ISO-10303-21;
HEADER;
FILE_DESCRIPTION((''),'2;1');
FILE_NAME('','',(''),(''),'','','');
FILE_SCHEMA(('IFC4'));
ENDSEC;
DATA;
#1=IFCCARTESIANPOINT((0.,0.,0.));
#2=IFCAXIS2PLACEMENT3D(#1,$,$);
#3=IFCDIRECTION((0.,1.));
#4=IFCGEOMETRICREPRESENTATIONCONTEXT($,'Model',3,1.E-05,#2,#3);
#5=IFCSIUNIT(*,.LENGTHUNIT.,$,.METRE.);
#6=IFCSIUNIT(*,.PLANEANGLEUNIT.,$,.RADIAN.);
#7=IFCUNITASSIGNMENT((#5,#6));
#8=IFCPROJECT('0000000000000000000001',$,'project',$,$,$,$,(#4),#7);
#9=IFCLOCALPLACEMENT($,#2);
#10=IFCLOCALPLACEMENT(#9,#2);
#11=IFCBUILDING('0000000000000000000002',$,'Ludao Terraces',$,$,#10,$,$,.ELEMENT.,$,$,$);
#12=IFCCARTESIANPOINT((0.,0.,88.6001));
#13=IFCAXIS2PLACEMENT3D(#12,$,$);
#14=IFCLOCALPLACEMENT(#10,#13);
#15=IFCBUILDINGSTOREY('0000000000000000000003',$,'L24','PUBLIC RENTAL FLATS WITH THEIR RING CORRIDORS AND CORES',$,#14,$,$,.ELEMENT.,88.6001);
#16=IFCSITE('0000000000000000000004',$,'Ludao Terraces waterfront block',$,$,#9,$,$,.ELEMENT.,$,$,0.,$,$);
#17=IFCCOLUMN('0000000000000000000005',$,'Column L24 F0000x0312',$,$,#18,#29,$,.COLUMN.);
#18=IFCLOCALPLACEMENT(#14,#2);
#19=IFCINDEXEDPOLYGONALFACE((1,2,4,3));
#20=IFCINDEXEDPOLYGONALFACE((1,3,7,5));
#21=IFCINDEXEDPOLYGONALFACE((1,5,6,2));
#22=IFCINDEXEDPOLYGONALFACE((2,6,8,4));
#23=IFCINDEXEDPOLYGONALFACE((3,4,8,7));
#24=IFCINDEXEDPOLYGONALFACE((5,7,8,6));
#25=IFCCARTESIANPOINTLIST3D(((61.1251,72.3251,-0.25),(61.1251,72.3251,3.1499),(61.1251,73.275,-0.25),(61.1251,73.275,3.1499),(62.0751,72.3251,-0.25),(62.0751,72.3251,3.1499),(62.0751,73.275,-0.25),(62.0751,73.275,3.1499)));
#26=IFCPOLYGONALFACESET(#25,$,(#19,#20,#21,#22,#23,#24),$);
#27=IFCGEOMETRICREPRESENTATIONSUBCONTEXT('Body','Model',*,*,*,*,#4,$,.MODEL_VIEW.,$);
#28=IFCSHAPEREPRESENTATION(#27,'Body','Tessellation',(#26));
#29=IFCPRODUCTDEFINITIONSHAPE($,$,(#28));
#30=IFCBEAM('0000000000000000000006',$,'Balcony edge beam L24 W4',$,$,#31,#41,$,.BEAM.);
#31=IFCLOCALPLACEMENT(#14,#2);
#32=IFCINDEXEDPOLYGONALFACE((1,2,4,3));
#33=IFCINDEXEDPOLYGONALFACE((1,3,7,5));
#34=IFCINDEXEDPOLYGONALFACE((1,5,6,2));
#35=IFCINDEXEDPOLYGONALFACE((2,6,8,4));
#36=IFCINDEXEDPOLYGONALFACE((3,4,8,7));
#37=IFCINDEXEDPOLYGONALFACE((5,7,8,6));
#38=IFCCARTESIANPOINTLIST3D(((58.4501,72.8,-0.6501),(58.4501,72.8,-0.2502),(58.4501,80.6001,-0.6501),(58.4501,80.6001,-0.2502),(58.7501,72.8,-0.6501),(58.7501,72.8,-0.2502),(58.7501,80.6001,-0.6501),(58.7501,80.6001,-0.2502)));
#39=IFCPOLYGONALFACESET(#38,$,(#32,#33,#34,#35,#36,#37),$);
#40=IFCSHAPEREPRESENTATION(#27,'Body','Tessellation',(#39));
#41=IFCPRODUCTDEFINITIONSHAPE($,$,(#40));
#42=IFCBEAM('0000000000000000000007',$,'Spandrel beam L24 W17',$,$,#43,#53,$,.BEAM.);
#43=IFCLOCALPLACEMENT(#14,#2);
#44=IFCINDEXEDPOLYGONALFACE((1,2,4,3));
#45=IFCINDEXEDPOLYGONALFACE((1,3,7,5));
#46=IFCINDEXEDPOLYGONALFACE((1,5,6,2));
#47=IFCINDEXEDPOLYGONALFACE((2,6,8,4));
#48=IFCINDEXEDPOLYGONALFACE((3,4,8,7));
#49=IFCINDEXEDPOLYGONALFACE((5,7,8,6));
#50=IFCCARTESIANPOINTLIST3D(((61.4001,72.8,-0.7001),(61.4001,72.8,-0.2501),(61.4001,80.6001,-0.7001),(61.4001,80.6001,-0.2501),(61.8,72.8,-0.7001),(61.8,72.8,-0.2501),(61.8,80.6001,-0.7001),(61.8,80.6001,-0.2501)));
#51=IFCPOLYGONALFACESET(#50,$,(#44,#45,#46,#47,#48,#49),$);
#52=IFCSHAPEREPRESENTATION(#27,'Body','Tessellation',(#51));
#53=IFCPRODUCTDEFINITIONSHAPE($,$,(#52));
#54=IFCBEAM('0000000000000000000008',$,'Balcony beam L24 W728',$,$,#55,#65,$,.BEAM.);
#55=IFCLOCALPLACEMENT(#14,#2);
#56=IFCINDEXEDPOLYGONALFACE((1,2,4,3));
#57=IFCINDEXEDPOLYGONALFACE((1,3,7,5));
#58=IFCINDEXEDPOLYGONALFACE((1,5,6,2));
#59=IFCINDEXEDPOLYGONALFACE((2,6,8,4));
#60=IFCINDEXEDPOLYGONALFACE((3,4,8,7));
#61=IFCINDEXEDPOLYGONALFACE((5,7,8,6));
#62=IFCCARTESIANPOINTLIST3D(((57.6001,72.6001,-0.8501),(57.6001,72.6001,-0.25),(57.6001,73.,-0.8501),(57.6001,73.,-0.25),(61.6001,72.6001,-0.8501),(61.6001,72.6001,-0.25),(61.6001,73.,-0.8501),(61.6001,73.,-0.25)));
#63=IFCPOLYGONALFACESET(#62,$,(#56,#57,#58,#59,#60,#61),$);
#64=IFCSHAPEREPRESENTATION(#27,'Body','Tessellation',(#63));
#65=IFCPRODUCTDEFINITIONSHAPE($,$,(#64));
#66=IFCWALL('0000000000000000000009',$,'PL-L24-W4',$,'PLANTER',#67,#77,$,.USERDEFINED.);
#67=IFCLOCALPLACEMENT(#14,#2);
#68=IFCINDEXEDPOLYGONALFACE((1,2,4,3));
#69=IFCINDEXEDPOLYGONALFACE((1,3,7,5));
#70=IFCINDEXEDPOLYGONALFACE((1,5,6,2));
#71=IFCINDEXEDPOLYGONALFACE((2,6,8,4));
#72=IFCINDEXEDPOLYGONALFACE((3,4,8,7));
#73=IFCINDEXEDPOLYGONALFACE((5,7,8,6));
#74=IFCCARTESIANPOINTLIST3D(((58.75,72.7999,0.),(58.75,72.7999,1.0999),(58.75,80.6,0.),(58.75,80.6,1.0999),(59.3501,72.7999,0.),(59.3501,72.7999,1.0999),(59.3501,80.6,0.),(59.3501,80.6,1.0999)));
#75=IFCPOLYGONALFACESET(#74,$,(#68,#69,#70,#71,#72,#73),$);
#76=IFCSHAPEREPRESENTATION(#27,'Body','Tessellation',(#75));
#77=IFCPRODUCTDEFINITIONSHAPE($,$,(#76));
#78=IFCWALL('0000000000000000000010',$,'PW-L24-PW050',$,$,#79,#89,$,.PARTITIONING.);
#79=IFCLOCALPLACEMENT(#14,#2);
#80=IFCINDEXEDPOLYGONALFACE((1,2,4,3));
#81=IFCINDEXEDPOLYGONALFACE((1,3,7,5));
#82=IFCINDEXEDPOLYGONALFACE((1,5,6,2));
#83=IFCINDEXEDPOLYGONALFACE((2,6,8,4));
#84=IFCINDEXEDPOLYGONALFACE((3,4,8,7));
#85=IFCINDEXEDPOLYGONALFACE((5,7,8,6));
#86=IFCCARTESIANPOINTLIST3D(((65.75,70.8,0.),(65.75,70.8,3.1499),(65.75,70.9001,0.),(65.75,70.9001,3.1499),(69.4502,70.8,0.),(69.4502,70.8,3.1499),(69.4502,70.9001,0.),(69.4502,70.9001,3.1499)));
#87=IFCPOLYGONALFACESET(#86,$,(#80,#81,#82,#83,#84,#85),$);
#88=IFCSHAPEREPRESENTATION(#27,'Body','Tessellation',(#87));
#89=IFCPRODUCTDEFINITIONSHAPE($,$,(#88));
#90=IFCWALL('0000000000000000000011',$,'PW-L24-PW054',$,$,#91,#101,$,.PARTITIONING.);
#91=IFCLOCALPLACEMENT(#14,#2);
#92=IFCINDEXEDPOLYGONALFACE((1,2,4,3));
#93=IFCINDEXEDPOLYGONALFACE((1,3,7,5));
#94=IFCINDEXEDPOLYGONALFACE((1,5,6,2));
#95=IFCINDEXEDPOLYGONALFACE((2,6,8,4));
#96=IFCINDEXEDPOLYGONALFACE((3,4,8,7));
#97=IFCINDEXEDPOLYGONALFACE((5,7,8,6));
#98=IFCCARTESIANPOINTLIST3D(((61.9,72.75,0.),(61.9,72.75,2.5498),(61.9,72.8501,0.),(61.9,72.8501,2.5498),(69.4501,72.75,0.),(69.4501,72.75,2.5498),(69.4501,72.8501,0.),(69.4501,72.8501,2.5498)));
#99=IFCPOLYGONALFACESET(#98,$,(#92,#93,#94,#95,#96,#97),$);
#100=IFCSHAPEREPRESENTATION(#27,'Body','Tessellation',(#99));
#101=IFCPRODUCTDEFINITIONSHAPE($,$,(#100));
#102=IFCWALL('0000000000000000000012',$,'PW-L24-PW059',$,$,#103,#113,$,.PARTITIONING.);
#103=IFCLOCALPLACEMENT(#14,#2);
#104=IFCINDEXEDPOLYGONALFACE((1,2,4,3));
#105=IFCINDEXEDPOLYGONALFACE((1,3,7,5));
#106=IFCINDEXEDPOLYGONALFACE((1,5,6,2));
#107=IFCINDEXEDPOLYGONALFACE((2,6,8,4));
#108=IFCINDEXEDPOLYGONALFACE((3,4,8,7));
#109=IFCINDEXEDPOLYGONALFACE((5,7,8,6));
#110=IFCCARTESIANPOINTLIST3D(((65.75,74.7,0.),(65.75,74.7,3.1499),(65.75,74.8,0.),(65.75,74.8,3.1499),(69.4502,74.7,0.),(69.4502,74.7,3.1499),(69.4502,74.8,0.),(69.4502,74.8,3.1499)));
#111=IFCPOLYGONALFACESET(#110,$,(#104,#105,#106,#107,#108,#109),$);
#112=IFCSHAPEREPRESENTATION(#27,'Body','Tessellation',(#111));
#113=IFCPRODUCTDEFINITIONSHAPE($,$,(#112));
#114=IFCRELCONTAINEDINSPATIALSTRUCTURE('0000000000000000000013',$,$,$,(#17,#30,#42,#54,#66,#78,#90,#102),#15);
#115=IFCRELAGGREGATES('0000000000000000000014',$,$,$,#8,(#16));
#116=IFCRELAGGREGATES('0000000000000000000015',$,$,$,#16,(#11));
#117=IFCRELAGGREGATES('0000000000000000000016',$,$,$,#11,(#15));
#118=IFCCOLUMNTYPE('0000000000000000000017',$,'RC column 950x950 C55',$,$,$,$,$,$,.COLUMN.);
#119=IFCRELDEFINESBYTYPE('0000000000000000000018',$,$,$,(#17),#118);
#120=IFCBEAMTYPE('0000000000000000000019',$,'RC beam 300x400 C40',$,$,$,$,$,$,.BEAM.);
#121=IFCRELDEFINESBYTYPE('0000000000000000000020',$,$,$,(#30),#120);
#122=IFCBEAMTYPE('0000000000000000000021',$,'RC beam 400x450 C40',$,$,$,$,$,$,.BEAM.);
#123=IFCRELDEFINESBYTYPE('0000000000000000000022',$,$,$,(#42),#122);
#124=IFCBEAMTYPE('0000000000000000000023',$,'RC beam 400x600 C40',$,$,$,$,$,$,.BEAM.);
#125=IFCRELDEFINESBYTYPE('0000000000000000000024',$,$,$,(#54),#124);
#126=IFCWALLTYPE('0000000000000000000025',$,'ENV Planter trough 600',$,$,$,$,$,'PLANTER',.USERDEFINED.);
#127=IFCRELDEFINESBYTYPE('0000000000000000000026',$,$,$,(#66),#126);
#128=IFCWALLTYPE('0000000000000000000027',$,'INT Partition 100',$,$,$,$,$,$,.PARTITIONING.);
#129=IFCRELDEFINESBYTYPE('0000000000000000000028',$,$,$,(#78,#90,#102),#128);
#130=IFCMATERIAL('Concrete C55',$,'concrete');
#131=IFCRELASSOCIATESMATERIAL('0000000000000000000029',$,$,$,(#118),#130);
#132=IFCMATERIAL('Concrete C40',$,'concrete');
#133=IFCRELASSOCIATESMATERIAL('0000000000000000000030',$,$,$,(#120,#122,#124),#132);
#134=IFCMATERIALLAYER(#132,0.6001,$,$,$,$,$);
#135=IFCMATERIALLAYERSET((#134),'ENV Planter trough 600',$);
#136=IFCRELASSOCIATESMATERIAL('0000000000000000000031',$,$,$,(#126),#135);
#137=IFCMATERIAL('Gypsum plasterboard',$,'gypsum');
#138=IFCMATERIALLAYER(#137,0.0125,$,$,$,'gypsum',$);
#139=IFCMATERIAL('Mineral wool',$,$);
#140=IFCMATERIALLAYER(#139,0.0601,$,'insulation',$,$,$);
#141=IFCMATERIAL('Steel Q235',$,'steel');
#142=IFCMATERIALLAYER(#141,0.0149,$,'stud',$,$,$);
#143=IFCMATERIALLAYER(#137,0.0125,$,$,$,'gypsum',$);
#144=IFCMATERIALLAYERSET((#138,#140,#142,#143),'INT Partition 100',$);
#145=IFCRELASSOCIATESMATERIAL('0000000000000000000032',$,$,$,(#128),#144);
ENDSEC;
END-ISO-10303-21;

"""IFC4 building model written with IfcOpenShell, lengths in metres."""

from ifc_helpers import new_model, si_unit, direction, frame, frame_2d, origin, origin_2d, place, context, subcontext, project, spatial, rectangle, extrude, material, layer, layer_set, material_profile, profile_set, type_object, element, save


model = new_model("IFC4")

# Units and contexts
model_context = context("Model", 3, precision=1e-05, world=origin(), true_north=direction((0.0, 1.0)))
body_context = subcontext(model_context, "Body", "Model", "MODEL_VIEW")
ifc_project = project(units=[si_unit("LENGTHUNIT", "METRE"), si_unit("PLANEANGLEUNIT", "RADIAN")], contexts=[model_context])

# Site, building, storey
site_placement = place(None, origin())
site = spatial("IfcSite", under=ifc_project, at=site_placement, Name="Ludao Terraces waterfront block", CompositionType="ELEMENT", RefElevation=0.0)
building_placement = place(site_placement, origin())
building = spatial("IfcBuilding", under=site, at=building_placement, Name="Ludao Terraces", CompositionType="ELEMENT")
storey_placement = place(building_placement, frame((0.0, 0.0, 88.6001)))
storey = spatial("IfcBuildingStorey", under=building, at=storey_placement, Name="L24", Description="PUBLIC RENTAL FLATS WITH THEIR RING CORRIDORS AND CORES", CompositionType="ELEMENT", Elevation=88.6001)

# Column
ifc_material_1 = material(Name="Concrete C55", Category="concrete")
ifc_material_profile_1 = material_profile(ifc_material_1, rectangle(XDim=0.95, YDim=0.95, at=origin_2d()), Name="950 X 950")
ifc_profile_set_1 = profile_set([ifc_material_profile_1], Name="Concrete C55")
column_type = type_object("IfcColumnType", Name="RC column 950x950 C55", PredefinedType="COLUMN", material=ifc_profile_set_1)
column_placement = place(storey_placement, frame((61.6001, 72.8, -0.25), z_axis=(0.0, 0.0, 1.0), x_axis=(1.0, 0.0, 0.0)))
element("IfcColumn", 1, at=column_placement, inside=storey, type_object=column_type, Name="Column L24 F0000x0312", PredefinedType="COLUMN", context=body_context, shape_type="SweptSolid", body=[
    extrude(rectangle(XDim=0.95, YDim=0.95, at=origin_2d()), origin(), (0.0, 0.0, 1.0), 3.3999),
])

# Beams
ifc_material_2 = material(Name="Concrete C40", Category="concrete")
ifc_material_profile_2 = material_profile(ifc_material_2, rectangle(XDim=0.3, YDim=0.3999, at=origin_2d()), Name="300 X 400")
ifc_profile_set_2 = profile_set([ifc_material_profile_2], Name="Concrete C40")
beam_type_1 = type_object("IfcBeamType", Name="RC beam 300x400 C40", PredefinedType="BEAM", material=ifc_profile_set_2)
beam_1_placement = place(storey_placement, frame((58.6001, 72.8, -0.4502), z_axis=(0.0, 1.0, 0.0), x_axis=(-1.0, 0.0, 0.0)))
element("IfcBeam", 2, at=beam_1_placement, inside=storey, type_object=beam_type_1, Name="Balcony edge beam L24 W4", PredefinedType="BEAM", context=body_context, shape_type="SweptSolid", body=[
    extrude(rectangle(XDim=0.3, YDim=0.3999, at=origin_2d()), origin(), (0.0, 0.0, 1.0), 7.8),
])
ifc_material_profile_3 = material_profile(ifc_material_2, rectangle(XDim=0.3999, YDim=0.45, at=origin_2d()), Name="400 X 450")
ifc_profile_set_3 = profile_set([ifc_material_profile_3], Name="Concrete C40")
beam_type_2 = type_object("IfcBeamType", Name="RC beam 400x450 C40", PredefinedType="BEAM", material=ifc_profile_set_3)
beam_2_placement = place(storey_placement, frame((61.6001, 72.8, -0.4751), z_axis=(0.0, 1.0, 0.0), x_axis=(-1.0, 0.0, 0.0)))
element("IfcBeam", 3, at=beam_2_placement, inside=storey, type_object=beam_type_2, Name="Spandrel beam L24 W17", PredefinedType="BEAM", context=body_context, shape_type="SweptSolid", body=[
    extrude(rectangle(XDim=0.3999, YDim=0.45, at=origin_2d()), origin(), (0.0, 0.0, 1.0), 7.8),
])
ifc_material_profile_4 = material_profile(ifc_material_2, rectangle(XDim=0.3999, YDim=0.6001, at=origin_2d()), Name="400 X 600")
ifc_profile_set_4 = profile_set([ifc_material_profile_4], Name="Concrete C40")
beam_type_3 = type_object("IfcBeamType", Name="RC beam 400x600 C40", PredefinedType="BEAM", material=ifc_profile_set_4)
beam_3_placement = place(storey_placement, frame((61.6001, 72.8, -0.55), z_axis=(-1.0, 0.0, 0.0), x_axis=(0.0, -1.0, 0.0)))
element("IfcBeam", 4, at=beam_3_placement, inside=storey, type_object=beam_type_3, Name="Balcony beam L24 W728", PredefinedType="BEAM", context=body_context, shape_type="SweptSolid", body=[
    extrude(rectangle(XDim=0.3999, YDim=0.6001, at=origin_2d()), origin(), (0.0, 0.0, 1.0), 4.0),
])

# Wall
ifc_layer_1 = layer(ifc_material_2, 0.6001)
ifc_layer_set_1 = layer_set([ifc_layer_1], Name="ENV Planter trough 600")
wall_type_1 = type_object("IfcWallType", Name="ENV Planter trough 600", ElementType="PLANTER", PredefinedType="USERDEFINED", material=ifc_layer_set_1)
wall_1_placement = place(storey_placement, frame((59.05, 72.8, 0.0), z_axis=(0.0, 0.0, 1.0), x_axis=(0.0, 1.0, 0.0)))
element("IfcWall", 5, at=wall_1_placement, inside=storey, type_object=wall_type_1, Name="PL-L24-W4", ObjectType="PLANTER", PredefinedType="USERDEFINED", context=body_context, shape_type="SweptSolid", body=[
    extrude(rectangle(XDim=7.8, YDim=0.6001, at=frame_2d((3.8999, 0.0))), origin(), (0.0, 0.0, 1.0), 1.0999),
])

# Shared definitions
ifc_material_3 = material(Name="Mineral wool")

# Walls
ifc_material_4 = material(Name="Gypsum plasterboard", Category="gypsum")
ifc_layer_2 = layer(ifc_material_4, 0.0125, Category="gypsum")
ifc_layer_3 = layer(ifc_material_3, 0.0601, Name="insulation")
ifc_material_5 = material(Name="Steel Q235", Category="steel")
ifc_layer_4 = layer(ifc_material_5, 0.0149, Name="stud")
ifc_layer_5 = layer(ifc_material_4, 0.0125, Category="gypsum")
ifc_layer_set_2 = layer_set([ifc_layer_2, ifc_layer_3, ifc_layer_4, ifc_layer_5], Name="INT Partition 100")
wall_type_2 = type_object("IfcWallType", Name="INT Partition 100", PredefinedType="PARTITIONING", material=ifc_layer_set_2)
wall_2_placement = place(storey_placement, frame((65.75, 70.8501, 0.0), z_axis=(0.0, 0.0, 1.0), x_axis=(1.0, 0.0, 0.0)))
element("IfcWall", 6, at=wall_2_placement, inside=storey, type_object=wall_type_2, Name="PW-L24-PW050", PredefinedType="PARTITIONING", context=body_context, shape_type="SweptSolid", body=[
    extrude(rectangle(XDim=3.7002, YDim=0.1001, at=frame_2d((1.8501, 0.0))), origin(), (0.0, 0.0, 1.0), 3.1499),
])
wall_3_placement = place(storey_placement, frame((61.9001, 72.8, 0.0), z_axis=(0.0, 0.0, 1.0), x_axis=(1.0, 0.0, 0.0)))
element("IfcWall", 7, at=wall_3_placement, inside=storey, type_object=wall_type_2, Name="PW-L24-PW054", PredefinedType="PARTITIONING", context=body_context, shape_type="SweptSolid", body=[
    extrude(rectangle(XDim=7.55, YDim=0.1001, at=frame_2d((3.7749, 0.0))), origin(), (0.0, 0.0, 1.0), 2.5498),
])
wall_4_placement = place(storey_placement, frame((65.75, 74.75, 0.0), z_axis=(0.0, 0.0, 1.0), x_axis=(1.0, 0.0, 0.0)))
element("IfcWall", 8, at=wall_4_placement, inside=storey, type_object=wall_type_2, Name="PW-L24-PW059", PredefinedType="PARTITIONING", context=body_context, shape_type="SweptSolid", body=[
    extrude(rectangle(XDim=3.7002, YDim=0.1001, at=frame_2d((1.8501, 0.0))), origin(), (0.0, 0.0, 1.0), 3.1499),
])

save(model, "model.ifc")
